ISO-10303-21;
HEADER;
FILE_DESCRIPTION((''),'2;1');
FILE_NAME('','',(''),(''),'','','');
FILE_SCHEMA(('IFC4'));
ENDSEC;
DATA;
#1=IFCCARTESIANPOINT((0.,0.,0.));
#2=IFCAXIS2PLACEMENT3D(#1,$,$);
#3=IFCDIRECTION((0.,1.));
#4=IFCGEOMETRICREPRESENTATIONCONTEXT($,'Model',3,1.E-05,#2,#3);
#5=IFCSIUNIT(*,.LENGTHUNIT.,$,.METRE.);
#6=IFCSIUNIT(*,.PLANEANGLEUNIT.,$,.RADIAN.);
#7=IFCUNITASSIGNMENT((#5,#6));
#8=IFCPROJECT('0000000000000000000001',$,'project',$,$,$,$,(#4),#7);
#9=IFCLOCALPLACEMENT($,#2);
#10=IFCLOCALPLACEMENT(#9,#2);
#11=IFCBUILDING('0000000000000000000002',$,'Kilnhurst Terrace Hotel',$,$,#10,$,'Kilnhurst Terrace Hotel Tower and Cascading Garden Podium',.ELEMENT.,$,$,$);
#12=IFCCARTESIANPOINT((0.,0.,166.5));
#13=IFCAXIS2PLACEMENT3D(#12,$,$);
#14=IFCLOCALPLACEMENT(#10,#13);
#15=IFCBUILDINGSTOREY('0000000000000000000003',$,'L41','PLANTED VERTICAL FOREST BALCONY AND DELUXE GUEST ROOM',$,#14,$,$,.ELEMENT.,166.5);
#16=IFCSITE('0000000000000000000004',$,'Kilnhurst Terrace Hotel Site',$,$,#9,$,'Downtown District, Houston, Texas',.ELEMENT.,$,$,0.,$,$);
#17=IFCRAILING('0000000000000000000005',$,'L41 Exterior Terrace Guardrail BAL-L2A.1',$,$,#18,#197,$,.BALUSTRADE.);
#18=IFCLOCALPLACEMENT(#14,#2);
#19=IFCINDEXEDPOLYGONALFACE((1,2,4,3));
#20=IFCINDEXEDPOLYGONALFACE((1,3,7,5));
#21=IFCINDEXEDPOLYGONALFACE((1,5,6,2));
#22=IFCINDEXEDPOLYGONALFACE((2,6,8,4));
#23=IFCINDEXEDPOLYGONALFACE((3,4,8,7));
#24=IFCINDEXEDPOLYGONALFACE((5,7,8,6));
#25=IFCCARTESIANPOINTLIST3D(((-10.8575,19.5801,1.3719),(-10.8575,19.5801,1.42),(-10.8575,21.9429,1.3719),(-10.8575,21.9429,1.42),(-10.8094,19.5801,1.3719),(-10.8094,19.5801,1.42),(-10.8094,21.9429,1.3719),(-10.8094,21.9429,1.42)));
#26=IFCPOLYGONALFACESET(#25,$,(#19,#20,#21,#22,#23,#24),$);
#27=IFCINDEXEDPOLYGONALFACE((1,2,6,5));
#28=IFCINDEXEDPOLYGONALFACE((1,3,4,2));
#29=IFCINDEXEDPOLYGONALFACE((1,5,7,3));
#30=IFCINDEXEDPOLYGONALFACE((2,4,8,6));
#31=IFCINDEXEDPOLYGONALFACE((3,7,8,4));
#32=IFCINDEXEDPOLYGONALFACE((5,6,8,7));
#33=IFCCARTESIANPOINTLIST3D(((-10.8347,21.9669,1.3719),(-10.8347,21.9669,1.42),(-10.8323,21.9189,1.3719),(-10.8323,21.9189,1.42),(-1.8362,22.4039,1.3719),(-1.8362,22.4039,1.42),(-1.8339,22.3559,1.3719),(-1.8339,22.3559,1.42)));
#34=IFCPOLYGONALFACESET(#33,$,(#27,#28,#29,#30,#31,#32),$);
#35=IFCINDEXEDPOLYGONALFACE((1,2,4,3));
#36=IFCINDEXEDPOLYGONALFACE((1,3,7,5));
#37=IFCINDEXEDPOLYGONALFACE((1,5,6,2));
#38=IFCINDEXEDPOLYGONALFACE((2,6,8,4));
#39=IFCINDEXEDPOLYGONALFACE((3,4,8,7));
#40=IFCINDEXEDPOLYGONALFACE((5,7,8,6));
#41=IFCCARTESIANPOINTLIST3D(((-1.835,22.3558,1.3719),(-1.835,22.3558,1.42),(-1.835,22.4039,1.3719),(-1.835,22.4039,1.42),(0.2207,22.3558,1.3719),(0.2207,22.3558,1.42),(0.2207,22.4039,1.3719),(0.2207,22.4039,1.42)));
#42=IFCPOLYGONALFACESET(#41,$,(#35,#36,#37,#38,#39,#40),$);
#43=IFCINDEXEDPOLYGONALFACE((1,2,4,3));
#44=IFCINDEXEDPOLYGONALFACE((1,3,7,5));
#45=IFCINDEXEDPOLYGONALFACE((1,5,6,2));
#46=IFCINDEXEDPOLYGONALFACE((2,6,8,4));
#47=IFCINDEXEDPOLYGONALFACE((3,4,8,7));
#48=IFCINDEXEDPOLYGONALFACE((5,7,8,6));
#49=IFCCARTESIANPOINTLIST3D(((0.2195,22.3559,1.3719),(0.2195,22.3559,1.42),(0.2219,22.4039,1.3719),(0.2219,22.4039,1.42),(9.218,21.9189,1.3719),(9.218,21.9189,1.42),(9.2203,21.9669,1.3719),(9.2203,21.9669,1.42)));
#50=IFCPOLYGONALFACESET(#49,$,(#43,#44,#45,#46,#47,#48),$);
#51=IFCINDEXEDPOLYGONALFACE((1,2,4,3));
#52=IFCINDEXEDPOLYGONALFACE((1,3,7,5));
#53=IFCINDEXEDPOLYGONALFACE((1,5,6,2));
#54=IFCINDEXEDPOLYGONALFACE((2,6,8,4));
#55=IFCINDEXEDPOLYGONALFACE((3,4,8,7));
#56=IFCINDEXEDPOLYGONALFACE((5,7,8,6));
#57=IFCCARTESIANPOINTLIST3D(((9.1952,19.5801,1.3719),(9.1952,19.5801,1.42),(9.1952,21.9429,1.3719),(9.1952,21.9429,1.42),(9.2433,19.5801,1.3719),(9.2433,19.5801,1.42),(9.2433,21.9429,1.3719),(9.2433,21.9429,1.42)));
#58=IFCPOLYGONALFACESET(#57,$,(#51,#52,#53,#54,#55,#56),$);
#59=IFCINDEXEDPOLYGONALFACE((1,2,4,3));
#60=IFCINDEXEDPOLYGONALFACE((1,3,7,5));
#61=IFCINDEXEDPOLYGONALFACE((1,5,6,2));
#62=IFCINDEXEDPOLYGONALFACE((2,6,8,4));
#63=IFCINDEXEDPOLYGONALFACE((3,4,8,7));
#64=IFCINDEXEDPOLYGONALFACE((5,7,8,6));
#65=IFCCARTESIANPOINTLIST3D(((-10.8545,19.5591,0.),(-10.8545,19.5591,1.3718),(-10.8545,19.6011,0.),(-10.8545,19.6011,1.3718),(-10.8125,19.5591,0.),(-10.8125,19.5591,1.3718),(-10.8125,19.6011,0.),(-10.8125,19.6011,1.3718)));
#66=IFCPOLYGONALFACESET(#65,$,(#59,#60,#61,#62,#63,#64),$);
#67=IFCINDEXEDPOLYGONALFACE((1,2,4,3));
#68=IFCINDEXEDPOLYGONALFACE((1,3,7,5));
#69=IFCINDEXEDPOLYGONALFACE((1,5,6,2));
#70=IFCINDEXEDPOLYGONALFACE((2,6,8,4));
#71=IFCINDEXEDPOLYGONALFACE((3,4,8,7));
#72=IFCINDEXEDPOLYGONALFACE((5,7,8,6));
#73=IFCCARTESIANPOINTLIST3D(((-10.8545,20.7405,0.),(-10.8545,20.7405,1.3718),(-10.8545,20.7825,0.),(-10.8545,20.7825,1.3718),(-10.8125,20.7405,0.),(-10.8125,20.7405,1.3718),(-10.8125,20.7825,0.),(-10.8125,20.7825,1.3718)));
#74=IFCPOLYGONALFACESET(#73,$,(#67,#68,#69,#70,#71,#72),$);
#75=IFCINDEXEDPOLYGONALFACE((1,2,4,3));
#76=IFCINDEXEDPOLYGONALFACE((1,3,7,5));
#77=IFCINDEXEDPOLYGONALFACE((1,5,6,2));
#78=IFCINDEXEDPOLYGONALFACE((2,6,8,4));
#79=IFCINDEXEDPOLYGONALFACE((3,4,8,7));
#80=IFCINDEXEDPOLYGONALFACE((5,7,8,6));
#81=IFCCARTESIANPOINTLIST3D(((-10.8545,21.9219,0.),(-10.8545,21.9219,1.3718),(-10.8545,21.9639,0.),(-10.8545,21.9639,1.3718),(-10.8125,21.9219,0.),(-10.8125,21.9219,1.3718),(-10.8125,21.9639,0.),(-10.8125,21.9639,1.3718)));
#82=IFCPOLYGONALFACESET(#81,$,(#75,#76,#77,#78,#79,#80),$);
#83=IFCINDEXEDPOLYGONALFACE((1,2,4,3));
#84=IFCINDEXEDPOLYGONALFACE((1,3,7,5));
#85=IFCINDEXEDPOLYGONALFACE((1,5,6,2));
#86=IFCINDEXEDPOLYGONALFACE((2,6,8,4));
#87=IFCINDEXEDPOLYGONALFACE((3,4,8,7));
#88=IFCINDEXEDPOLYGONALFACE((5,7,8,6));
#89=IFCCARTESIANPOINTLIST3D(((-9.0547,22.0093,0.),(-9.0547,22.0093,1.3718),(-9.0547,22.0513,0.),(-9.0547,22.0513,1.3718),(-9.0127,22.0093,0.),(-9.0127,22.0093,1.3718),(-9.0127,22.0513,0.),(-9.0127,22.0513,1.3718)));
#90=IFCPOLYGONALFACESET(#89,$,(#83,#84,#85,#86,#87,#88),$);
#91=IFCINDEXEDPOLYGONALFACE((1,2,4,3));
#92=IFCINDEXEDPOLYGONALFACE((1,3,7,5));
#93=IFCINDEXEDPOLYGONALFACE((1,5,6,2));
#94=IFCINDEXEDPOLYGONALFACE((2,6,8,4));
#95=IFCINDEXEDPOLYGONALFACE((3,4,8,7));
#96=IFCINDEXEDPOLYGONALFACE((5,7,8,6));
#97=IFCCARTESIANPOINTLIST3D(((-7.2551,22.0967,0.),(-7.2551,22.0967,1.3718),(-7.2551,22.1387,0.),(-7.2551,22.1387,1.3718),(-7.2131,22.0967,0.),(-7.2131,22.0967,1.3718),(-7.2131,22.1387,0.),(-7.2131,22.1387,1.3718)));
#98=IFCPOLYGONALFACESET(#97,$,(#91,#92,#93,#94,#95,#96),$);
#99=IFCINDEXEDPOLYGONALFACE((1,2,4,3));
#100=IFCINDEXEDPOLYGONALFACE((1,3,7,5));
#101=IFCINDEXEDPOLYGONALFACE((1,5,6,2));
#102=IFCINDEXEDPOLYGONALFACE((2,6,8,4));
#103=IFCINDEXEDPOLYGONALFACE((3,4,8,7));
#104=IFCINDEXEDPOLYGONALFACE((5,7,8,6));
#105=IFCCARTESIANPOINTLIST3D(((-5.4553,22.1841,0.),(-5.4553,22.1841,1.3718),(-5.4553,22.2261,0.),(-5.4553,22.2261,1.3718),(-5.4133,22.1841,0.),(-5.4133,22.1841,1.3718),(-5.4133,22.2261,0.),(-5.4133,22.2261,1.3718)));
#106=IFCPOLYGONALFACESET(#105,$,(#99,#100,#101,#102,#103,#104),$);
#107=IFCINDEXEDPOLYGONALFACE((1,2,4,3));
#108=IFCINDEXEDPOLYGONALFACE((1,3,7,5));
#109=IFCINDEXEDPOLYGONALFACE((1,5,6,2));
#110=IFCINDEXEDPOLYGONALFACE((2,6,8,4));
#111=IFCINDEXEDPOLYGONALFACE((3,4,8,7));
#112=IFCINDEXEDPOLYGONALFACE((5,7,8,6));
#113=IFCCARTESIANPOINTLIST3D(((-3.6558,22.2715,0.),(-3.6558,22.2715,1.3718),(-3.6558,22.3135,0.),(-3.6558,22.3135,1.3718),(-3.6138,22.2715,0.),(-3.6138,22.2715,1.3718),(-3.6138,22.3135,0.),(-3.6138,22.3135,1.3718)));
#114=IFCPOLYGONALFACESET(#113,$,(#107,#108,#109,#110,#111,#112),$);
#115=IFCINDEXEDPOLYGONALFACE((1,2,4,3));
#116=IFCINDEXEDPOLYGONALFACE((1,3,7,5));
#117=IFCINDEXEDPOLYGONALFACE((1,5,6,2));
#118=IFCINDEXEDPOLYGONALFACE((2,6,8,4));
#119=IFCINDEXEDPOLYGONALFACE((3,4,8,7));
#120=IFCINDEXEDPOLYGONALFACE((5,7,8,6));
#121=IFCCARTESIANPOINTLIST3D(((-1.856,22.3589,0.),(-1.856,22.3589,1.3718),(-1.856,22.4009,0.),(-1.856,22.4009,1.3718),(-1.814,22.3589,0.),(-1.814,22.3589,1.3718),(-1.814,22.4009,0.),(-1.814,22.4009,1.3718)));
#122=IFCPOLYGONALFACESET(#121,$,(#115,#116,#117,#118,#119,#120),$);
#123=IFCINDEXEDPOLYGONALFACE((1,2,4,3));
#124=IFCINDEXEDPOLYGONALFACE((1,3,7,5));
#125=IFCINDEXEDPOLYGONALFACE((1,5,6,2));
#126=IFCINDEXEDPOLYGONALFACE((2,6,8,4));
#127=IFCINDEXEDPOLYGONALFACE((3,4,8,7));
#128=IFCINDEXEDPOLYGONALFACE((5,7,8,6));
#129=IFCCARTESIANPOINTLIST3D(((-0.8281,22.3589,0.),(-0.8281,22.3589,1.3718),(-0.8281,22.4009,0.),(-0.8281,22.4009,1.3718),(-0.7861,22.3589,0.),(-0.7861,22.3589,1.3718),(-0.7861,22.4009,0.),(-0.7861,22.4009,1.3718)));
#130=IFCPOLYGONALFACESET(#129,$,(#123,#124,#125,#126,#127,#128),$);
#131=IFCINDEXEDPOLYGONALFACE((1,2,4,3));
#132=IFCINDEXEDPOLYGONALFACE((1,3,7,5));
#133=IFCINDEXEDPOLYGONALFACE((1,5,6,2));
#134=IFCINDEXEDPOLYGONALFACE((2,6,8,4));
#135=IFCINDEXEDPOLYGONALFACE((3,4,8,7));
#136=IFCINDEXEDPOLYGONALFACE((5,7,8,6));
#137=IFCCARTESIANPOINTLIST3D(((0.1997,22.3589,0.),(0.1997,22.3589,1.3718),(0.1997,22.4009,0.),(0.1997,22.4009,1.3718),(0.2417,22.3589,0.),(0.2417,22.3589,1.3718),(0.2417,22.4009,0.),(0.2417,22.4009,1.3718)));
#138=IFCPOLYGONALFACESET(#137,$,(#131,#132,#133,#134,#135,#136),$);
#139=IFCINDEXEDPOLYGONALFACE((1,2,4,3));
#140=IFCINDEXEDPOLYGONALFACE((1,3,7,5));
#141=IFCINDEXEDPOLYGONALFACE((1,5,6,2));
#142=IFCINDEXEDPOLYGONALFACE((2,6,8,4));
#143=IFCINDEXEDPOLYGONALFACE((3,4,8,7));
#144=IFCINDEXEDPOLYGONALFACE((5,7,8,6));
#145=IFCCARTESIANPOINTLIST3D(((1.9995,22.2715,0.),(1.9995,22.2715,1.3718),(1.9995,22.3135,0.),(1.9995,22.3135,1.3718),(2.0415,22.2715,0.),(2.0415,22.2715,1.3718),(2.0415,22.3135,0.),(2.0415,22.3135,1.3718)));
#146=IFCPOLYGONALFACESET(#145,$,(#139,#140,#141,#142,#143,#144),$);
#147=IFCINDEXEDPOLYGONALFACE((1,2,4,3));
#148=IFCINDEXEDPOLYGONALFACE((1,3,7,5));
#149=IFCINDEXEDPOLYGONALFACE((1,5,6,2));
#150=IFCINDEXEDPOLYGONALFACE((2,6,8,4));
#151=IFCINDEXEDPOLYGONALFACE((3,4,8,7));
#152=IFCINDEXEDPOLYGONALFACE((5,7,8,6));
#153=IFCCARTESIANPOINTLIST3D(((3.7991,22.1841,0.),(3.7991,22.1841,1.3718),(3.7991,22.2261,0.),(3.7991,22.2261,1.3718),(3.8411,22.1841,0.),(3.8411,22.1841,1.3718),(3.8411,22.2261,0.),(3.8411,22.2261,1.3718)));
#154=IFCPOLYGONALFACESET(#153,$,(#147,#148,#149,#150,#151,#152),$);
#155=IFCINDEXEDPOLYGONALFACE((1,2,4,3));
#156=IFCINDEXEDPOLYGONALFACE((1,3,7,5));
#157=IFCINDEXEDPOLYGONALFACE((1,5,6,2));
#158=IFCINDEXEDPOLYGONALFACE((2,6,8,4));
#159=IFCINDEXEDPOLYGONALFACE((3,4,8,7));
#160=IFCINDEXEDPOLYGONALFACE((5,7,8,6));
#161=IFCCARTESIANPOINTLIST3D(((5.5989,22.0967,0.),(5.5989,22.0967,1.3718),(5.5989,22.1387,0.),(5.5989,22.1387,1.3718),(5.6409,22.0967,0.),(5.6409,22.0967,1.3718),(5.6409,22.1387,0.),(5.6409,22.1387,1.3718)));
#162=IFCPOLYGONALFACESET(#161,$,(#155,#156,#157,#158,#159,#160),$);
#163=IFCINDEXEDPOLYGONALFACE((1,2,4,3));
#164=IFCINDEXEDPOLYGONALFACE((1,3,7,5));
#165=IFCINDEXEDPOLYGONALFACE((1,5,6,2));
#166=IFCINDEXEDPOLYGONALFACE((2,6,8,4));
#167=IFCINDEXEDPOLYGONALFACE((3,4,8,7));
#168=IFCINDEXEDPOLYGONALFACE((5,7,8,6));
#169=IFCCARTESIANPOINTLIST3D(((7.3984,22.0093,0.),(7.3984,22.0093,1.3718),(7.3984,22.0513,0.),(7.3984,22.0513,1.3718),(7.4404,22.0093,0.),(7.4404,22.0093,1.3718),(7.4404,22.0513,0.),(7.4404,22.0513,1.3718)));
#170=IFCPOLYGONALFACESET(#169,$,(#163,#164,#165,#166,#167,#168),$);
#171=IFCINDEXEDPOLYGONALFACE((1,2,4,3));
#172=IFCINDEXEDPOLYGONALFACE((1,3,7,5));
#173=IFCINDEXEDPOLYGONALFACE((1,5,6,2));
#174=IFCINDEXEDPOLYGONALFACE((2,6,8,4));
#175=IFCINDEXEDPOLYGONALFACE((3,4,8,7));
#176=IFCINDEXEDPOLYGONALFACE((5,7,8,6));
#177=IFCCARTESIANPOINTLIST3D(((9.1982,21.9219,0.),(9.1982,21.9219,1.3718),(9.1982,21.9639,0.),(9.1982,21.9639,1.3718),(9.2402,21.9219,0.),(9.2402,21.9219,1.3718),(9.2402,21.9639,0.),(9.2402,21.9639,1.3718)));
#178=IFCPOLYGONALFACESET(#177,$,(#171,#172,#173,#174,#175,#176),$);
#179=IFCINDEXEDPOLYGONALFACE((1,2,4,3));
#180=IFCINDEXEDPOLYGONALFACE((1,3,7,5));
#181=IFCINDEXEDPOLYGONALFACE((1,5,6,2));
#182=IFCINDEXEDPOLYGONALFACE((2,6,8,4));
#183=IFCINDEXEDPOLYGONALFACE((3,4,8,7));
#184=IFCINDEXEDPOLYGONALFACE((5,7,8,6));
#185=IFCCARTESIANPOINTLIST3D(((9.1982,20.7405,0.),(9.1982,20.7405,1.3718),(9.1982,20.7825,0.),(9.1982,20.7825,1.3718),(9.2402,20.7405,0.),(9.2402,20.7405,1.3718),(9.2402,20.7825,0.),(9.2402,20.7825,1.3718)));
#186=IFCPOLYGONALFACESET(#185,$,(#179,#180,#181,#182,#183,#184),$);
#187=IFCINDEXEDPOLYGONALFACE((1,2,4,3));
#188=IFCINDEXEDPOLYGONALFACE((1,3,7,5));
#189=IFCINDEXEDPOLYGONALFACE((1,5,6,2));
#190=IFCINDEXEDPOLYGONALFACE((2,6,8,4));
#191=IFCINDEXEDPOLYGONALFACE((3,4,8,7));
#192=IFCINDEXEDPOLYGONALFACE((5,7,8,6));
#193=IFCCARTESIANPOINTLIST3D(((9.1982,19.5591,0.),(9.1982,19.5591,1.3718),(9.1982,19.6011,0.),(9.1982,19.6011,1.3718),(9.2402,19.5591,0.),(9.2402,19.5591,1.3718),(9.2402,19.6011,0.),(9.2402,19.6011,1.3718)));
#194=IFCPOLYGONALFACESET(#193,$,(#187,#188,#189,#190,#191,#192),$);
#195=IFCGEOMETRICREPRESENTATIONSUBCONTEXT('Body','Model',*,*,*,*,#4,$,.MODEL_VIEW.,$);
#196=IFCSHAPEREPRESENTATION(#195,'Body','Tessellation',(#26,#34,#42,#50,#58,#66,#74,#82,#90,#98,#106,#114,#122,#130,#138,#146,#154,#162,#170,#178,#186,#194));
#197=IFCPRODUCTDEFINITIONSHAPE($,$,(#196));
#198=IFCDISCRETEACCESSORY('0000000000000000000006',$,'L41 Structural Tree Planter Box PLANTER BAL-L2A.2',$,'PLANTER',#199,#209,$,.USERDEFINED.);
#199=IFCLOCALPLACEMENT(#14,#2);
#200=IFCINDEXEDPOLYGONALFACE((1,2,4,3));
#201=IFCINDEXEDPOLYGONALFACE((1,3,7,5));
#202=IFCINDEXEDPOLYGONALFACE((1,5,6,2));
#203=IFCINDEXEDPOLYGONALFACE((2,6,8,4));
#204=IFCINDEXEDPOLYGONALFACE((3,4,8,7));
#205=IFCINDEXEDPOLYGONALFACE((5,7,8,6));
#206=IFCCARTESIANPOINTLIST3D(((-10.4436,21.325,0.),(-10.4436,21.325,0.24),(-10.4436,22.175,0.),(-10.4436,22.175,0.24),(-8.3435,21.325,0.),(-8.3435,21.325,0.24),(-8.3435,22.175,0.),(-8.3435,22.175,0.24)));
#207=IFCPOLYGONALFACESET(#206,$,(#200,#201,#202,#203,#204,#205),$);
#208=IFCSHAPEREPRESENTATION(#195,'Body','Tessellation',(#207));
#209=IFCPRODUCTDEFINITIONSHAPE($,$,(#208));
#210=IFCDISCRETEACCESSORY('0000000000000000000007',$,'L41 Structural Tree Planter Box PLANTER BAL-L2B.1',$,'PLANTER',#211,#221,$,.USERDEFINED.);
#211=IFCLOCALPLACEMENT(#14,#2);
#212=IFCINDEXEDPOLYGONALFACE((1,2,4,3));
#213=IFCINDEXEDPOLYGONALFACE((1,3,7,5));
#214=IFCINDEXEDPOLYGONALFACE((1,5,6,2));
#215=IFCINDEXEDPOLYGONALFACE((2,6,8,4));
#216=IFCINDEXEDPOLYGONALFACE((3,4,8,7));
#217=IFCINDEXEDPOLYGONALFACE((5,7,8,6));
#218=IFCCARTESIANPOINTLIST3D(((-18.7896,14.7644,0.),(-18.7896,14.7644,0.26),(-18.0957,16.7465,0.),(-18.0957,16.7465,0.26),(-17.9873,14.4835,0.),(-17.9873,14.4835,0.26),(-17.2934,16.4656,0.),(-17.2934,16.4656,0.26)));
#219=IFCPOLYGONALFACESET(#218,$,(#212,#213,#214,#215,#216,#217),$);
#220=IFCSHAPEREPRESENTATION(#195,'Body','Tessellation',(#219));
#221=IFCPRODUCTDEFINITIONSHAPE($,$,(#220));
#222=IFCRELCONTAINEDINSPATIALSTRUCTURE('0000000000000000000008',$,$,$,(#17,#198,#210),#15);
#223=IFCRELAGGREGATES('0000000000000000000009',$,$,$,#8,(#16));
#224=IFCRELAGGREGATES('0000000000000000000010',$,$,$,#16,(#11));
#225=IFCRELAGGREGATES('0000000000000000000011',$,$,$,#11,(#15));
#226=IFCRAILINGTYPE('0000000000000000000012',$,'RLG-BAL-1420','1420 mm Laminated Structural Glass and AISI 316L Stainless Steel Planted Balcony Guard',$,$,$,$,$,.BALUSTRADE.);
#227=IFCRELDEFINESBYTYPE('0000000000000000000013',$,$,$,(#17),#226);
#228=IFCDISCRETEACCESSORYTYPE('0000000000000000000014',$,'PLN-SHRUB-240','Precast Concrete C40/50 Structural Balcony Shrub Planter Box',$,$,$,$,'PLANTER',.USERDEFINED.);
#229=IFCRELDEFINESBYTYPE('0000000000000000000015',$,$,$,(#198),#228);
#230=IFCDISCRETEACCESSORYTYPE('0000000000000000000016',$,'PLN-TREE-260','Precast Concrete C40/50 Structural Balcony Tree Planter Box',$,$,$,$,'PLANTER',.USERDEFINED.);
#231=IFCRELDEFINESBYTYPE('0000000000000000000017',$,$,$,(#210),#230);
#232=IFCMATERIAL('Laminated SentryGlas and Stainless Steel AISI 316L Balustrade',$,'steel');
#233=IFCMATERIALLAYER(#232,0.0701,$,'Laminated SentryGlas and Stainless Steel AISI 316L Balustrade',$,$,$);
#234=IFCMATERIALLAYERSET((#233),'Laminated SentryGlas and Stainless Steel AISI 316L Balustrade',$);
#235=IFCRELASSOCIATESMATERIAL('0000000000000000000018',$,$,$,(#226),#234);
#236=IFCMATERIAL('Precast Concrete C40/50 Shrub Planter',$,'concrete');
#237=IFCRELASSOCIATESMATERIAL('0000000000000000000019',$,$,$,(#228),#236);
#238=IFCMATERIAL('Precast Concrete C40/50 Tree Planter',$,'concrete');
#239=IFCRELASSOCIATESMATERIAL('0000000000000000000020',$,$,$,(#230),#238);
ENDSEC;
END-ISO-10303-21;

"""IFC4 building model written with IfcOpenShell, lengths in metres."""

from ifc_helpers import new_model, si_unit, direction, frame, origin, origin_2d, place, context, subcontext, project, spatial, rectangle, extrude, material, layer, layer_set, type_object, element, save


model = new_model("IFC4")

# Units and contexts
model_context = context("Model", 3, precision=1e-05, world=origin(), true_north=direction((0.0, 1.0)))
body_context = subcontext(model_context, "Body", "Model", "MODEL_VIEW")
ifc_project = project(units=[si_unit("LENGTHUNIT", "METRE"), si_unit("PLANEANGLEUNIT", "RADIAN")], contexts=[model_context])

# Site, building, storey
site_placement = place(None, origin())
site = spatial("IfcSite", under=ifc_project, at=site_placement, Name="Kilnhurst Terrace Hotel Site", LongName="Downtown District, Houston, Texas", CompositionType="ELEMENT", RefElevation=0.0)
building_placement = place(site_placement, origin())
building = spatial("IfcBuilding", under=site, at=building_placement, Name="Kilnhurst Terrace Hotel", LongName="Kilnhurst Terrace Hotel Tower and Cascading Garden Podium", CompositionType="ELEMENT")
storey_placement = place(building_placement, frame((0.0, 0.0, 166.5)))
storey = spatial("IfcBuildingStorey", under=building, at=storey_placement, Name="L41", Description="PLANTED VERTICAL FOREST BALCONY AND DELUXE GUEST ROOM", CompositionType="ELEMENT", Elevation=166.5)

# Railing
ifc_material_1 = material(Name="Laminated SentryGlas and Stainless Steel AISI 316L Balustrade", Category="steel")
ifc_layer_1 = layer(ifc_material_1, 0.0701, Name="Laminated SentryGlas and Stainless Steel AISI 316L Balustrade")
ifc_layer_set_1 = layer_set([ifc_layer_1], Name="Laminated SentryGlas and Stainless Steel AISI 316L Balustrade")
railing_type = type_object("IfcRailingType", Name="RLG-BAL-1420", Description="1420 mm Laminated Structural Glass and AISI 316L Stainless Steel Planted Balcony Guard", PredefinedType="BALUSTRADE", material=ifc_layer_set_1)
railing_placement = place(storey_placement, frame((-10.8335, 19.5801, 0.0)))
element("IfcRailing", 1, at=railing_placement, inside=storey, type_object=railing_type, Name="L41 Exterior Terrace Guardrail BAL-L2A.1", PredefinedType="BALUSTRADE", context=body_context, shape_type="SweptSolid", body=[
    extrude(rectangle(XDim=0.0481, YDim=0.0481, at=origin_2d()), frame((0.0, 0.0, 1.396), z_axis=(0.0, 1.0, 0.0), x_axis=(-1.0, 0.0, 0.0)), (0.0, 0.0, 1.0), 2.3628),
    extrude(rectangle(XDim=0.0481, YDim=0.0481, at=origin_2d()), frame((0.0, 2.3628, 1.396), z_axis=(0.998823, 0.048508, 0.0), x_axis=(-0.048508, 0.998823, 0.0)), (0.0, 0.0, 1.0), 9.009),
    extrude(rectangle(XDim=0.0481, YDim=0.0481, at=origin_2d()), frame((8.9985, 2.7998, 1.396), z_axis=(1.0, 0.0, 0.0), x_axis=(0.0, 1.0, 0.0)), (0.0, 0.0, 1.0), 2.0557),
    extrude(rectangle(XDim=0.0481, YDim=0.0481, at=origin_2d()), frame((11.0542, 2.7998, 1.396), z_axis=(0.998823, -0.048508, 0.0), x_axis=(0.048508, 0.998823, 0.0)), (0.0, 0.0, 1.0), 9.009),
    extrude(rectangle(XDim=0.0481, YDim=0.0481, at=origin_2d()), frame((20.0527, 2.3628, 1.396), z_axis=(0.0, -1.0, 0.0), x_axis=(1.0, 0.0, 0.0)), (0.0, 0.0, 1.0), 2.3628),
    extrude(rectangle(XDim=0.042, YDim=0.042, at=origin_2d()), origin(), (0.0, 0.0, 1.0), 1.3718),
    extrude(rectangle(XDim=0.042, YDim=0.042, at=origin_2d()), frame((0.0, 1.1814, 0.0)), (0.0, 0.0, 1.0), 1.3718),
    extrude(rectangle(XDim=0.042, YDim=0.042, at=origin_2d()), frame((0.0, 2.3628, 0.0)), (0.0, 0.0, 1.0), 1.3718),
    extrude(rectangle(XDim=0.042, YDim=0.042, at=origin_2d()), frame((1.7998, 2.4502, 0.0)), (0.0, 0.0, 1.0), 1.3718),
    extrude(rectangle(XDim=0.042, YDim=0.042, at=origin_2d()), frame((3.5994, 2.5376, 0.0)), (0.0, 0.0, 1.0), 1.3718),
    extrude(rectangle(XDim=0.042, YDim=0.042, at=origin_2d()), frame((5.3992, 2.625, 0.0)), (0.0, 0.0, 1.0), 1.3718),
    extrude(rectangle(XDim=0.042, YDim=0.042, at=origin_2d()), frame((7.1987, 2.7124, 0.0)), (0.0, 0.0, 1.0), 1.3718),
    extrude(rectangle(XDim=0.042, YDim=0.042, at=origin_2d()), frame((8.9985, 2.7998, 0.0)), (0.0, 0.0, 1.0), 1.3718),
    extrude(rectangle(XDim=0.042, YDim=0.042, at=origin_2d()), frame((10.0264, 2.7998, 0.0)), (0.0, 0.0, 1.0), 1.3718),
    extrude(rectangle(XDim=0.042, YDim=0.042, at=origin_2d()), frame((11.0542, 2.7998, 0.0)), (0.0, 0.0, 1.0), 1.3718),
    extrude(rectangle(XDim=0.042, YDim=0.042, at=origin_2d()), frame((12.854, 2.7124, 0.0)), (0.0, 0.0, 1.0), 1.3718),
    extrude(rectangle(XDim=0.042, YDim=0.042, at=origin_2d()), frame((14.6536, 2.625, 0.0)), (0.0, 0.0, 1.0), 1.3718),
    extrude(rectangle(XDim=0.042, YDim=0.042, at=origin_2d()), frame((16.4534, 2.5376, 0.0)), (0.0, 0.0, 1.0), 1.3718),
    extrude(rectangle(XDim=0.042, YDim=0.042, at=origin_2d()), frame((18.2529, 2.4502, 0.0)), (0.0, 0.0, 1.0), 1.3718),
    extrude(rectangle(XDim=0.042, YDim=0.042, at=origin_2d()), frame((20.0527, 2.3628, 0.0)), (0.0, 0.0, 1.0), 1.3718),
    extrude(rectangle(XDim=0.042, YDim=0.042, at=origin_2d()), frame((20.0527, 1.1814, 0.0)), (0.0, 0.0, 1.0), 1.3718),
    extrude(rectangle(XDim=0.042, YDim=0.042, at=origin_2d()), frame((20.0527, 0.0, 0.0)), (0.0, 0.0, 1.0), 1.3718),
])

# Discrete accessories
ifc_material_2 = material(Name="Precast Concrete C40/50 Shrub Planter", Category="concrete")
discrete_accessory_type_1 = type_object("IfcDiscreteAccessoryType", Name="PLN-SHRUB-240", Description="Precast Concrete C40/50 Structural Balcony Shrub Planter Box", ElementType="PLANTER", PredefinedType="USERDEFINED", material=ifc_material_2)
discrete_accessory_1_placement = place(storey_placement, frame((-9.3936, 21.75, 0.0), z_axis=(0.0, 0.0, 1.0), x_axis=(-1.0, 0.0, 0.0)))
element("IfcDiscreteAccessory", 2, at=discrete_accessory_1_placement, inside=storey, type_object=discrete_accessory_type_1, Name="L41 Structural Tree Planter Box PLANTER BAL-L2A.2", ObjectType="PLANTER", PredefinedType="USERDEFINED", context=body_context, shape_type="SweptSolid", body=[
    extrude(rectangle(XDim=2.1001, YDim=0.8501, at=origin_2d()), origin(), (0.0, 0.0, 1.0), 0.24),
])
ifc_material_3 = material(Name="Precast Concrete C40/50 Tree Planter", Category="concrete")
discrete_accessory_type_2 = type_object("IfcDiscreteAccessoryType", Name="PLN-TREE-260", Description="Precast Concrete C40/50 Structural Balcony Tree Planter Box", ElementType="PLANTER", PredefinedType="USERDEFINED", material=ifc_material_3)
discrete_accessory_2_placement = place(storey_placement, frame((-18.0415, 15.615, 0.0), z_axis=(0.0, 0.0, 1.0), x_axis=(-0.330432, -0.94383, 0.0)))
element("IfcDiscreteAccessory", 3, at=discrete_accessory_2_placement, inside=storey, type_object=discrete_accessory_type_2, Name="L41 Structural Tree Planter Box PLANTER BAL-L2B.1", ObjectType="PLANTER", PredefinedType="USERDEFINED", context=body_context, shape_type="SweptSolid", body=[
    extrude(rectangle(XDim=2.1001, YDim=0.8501, at=origin_2d()), origin(), (0.0, 0.0, 1.0), 0.26),
])

save(model, "model.ifc")
